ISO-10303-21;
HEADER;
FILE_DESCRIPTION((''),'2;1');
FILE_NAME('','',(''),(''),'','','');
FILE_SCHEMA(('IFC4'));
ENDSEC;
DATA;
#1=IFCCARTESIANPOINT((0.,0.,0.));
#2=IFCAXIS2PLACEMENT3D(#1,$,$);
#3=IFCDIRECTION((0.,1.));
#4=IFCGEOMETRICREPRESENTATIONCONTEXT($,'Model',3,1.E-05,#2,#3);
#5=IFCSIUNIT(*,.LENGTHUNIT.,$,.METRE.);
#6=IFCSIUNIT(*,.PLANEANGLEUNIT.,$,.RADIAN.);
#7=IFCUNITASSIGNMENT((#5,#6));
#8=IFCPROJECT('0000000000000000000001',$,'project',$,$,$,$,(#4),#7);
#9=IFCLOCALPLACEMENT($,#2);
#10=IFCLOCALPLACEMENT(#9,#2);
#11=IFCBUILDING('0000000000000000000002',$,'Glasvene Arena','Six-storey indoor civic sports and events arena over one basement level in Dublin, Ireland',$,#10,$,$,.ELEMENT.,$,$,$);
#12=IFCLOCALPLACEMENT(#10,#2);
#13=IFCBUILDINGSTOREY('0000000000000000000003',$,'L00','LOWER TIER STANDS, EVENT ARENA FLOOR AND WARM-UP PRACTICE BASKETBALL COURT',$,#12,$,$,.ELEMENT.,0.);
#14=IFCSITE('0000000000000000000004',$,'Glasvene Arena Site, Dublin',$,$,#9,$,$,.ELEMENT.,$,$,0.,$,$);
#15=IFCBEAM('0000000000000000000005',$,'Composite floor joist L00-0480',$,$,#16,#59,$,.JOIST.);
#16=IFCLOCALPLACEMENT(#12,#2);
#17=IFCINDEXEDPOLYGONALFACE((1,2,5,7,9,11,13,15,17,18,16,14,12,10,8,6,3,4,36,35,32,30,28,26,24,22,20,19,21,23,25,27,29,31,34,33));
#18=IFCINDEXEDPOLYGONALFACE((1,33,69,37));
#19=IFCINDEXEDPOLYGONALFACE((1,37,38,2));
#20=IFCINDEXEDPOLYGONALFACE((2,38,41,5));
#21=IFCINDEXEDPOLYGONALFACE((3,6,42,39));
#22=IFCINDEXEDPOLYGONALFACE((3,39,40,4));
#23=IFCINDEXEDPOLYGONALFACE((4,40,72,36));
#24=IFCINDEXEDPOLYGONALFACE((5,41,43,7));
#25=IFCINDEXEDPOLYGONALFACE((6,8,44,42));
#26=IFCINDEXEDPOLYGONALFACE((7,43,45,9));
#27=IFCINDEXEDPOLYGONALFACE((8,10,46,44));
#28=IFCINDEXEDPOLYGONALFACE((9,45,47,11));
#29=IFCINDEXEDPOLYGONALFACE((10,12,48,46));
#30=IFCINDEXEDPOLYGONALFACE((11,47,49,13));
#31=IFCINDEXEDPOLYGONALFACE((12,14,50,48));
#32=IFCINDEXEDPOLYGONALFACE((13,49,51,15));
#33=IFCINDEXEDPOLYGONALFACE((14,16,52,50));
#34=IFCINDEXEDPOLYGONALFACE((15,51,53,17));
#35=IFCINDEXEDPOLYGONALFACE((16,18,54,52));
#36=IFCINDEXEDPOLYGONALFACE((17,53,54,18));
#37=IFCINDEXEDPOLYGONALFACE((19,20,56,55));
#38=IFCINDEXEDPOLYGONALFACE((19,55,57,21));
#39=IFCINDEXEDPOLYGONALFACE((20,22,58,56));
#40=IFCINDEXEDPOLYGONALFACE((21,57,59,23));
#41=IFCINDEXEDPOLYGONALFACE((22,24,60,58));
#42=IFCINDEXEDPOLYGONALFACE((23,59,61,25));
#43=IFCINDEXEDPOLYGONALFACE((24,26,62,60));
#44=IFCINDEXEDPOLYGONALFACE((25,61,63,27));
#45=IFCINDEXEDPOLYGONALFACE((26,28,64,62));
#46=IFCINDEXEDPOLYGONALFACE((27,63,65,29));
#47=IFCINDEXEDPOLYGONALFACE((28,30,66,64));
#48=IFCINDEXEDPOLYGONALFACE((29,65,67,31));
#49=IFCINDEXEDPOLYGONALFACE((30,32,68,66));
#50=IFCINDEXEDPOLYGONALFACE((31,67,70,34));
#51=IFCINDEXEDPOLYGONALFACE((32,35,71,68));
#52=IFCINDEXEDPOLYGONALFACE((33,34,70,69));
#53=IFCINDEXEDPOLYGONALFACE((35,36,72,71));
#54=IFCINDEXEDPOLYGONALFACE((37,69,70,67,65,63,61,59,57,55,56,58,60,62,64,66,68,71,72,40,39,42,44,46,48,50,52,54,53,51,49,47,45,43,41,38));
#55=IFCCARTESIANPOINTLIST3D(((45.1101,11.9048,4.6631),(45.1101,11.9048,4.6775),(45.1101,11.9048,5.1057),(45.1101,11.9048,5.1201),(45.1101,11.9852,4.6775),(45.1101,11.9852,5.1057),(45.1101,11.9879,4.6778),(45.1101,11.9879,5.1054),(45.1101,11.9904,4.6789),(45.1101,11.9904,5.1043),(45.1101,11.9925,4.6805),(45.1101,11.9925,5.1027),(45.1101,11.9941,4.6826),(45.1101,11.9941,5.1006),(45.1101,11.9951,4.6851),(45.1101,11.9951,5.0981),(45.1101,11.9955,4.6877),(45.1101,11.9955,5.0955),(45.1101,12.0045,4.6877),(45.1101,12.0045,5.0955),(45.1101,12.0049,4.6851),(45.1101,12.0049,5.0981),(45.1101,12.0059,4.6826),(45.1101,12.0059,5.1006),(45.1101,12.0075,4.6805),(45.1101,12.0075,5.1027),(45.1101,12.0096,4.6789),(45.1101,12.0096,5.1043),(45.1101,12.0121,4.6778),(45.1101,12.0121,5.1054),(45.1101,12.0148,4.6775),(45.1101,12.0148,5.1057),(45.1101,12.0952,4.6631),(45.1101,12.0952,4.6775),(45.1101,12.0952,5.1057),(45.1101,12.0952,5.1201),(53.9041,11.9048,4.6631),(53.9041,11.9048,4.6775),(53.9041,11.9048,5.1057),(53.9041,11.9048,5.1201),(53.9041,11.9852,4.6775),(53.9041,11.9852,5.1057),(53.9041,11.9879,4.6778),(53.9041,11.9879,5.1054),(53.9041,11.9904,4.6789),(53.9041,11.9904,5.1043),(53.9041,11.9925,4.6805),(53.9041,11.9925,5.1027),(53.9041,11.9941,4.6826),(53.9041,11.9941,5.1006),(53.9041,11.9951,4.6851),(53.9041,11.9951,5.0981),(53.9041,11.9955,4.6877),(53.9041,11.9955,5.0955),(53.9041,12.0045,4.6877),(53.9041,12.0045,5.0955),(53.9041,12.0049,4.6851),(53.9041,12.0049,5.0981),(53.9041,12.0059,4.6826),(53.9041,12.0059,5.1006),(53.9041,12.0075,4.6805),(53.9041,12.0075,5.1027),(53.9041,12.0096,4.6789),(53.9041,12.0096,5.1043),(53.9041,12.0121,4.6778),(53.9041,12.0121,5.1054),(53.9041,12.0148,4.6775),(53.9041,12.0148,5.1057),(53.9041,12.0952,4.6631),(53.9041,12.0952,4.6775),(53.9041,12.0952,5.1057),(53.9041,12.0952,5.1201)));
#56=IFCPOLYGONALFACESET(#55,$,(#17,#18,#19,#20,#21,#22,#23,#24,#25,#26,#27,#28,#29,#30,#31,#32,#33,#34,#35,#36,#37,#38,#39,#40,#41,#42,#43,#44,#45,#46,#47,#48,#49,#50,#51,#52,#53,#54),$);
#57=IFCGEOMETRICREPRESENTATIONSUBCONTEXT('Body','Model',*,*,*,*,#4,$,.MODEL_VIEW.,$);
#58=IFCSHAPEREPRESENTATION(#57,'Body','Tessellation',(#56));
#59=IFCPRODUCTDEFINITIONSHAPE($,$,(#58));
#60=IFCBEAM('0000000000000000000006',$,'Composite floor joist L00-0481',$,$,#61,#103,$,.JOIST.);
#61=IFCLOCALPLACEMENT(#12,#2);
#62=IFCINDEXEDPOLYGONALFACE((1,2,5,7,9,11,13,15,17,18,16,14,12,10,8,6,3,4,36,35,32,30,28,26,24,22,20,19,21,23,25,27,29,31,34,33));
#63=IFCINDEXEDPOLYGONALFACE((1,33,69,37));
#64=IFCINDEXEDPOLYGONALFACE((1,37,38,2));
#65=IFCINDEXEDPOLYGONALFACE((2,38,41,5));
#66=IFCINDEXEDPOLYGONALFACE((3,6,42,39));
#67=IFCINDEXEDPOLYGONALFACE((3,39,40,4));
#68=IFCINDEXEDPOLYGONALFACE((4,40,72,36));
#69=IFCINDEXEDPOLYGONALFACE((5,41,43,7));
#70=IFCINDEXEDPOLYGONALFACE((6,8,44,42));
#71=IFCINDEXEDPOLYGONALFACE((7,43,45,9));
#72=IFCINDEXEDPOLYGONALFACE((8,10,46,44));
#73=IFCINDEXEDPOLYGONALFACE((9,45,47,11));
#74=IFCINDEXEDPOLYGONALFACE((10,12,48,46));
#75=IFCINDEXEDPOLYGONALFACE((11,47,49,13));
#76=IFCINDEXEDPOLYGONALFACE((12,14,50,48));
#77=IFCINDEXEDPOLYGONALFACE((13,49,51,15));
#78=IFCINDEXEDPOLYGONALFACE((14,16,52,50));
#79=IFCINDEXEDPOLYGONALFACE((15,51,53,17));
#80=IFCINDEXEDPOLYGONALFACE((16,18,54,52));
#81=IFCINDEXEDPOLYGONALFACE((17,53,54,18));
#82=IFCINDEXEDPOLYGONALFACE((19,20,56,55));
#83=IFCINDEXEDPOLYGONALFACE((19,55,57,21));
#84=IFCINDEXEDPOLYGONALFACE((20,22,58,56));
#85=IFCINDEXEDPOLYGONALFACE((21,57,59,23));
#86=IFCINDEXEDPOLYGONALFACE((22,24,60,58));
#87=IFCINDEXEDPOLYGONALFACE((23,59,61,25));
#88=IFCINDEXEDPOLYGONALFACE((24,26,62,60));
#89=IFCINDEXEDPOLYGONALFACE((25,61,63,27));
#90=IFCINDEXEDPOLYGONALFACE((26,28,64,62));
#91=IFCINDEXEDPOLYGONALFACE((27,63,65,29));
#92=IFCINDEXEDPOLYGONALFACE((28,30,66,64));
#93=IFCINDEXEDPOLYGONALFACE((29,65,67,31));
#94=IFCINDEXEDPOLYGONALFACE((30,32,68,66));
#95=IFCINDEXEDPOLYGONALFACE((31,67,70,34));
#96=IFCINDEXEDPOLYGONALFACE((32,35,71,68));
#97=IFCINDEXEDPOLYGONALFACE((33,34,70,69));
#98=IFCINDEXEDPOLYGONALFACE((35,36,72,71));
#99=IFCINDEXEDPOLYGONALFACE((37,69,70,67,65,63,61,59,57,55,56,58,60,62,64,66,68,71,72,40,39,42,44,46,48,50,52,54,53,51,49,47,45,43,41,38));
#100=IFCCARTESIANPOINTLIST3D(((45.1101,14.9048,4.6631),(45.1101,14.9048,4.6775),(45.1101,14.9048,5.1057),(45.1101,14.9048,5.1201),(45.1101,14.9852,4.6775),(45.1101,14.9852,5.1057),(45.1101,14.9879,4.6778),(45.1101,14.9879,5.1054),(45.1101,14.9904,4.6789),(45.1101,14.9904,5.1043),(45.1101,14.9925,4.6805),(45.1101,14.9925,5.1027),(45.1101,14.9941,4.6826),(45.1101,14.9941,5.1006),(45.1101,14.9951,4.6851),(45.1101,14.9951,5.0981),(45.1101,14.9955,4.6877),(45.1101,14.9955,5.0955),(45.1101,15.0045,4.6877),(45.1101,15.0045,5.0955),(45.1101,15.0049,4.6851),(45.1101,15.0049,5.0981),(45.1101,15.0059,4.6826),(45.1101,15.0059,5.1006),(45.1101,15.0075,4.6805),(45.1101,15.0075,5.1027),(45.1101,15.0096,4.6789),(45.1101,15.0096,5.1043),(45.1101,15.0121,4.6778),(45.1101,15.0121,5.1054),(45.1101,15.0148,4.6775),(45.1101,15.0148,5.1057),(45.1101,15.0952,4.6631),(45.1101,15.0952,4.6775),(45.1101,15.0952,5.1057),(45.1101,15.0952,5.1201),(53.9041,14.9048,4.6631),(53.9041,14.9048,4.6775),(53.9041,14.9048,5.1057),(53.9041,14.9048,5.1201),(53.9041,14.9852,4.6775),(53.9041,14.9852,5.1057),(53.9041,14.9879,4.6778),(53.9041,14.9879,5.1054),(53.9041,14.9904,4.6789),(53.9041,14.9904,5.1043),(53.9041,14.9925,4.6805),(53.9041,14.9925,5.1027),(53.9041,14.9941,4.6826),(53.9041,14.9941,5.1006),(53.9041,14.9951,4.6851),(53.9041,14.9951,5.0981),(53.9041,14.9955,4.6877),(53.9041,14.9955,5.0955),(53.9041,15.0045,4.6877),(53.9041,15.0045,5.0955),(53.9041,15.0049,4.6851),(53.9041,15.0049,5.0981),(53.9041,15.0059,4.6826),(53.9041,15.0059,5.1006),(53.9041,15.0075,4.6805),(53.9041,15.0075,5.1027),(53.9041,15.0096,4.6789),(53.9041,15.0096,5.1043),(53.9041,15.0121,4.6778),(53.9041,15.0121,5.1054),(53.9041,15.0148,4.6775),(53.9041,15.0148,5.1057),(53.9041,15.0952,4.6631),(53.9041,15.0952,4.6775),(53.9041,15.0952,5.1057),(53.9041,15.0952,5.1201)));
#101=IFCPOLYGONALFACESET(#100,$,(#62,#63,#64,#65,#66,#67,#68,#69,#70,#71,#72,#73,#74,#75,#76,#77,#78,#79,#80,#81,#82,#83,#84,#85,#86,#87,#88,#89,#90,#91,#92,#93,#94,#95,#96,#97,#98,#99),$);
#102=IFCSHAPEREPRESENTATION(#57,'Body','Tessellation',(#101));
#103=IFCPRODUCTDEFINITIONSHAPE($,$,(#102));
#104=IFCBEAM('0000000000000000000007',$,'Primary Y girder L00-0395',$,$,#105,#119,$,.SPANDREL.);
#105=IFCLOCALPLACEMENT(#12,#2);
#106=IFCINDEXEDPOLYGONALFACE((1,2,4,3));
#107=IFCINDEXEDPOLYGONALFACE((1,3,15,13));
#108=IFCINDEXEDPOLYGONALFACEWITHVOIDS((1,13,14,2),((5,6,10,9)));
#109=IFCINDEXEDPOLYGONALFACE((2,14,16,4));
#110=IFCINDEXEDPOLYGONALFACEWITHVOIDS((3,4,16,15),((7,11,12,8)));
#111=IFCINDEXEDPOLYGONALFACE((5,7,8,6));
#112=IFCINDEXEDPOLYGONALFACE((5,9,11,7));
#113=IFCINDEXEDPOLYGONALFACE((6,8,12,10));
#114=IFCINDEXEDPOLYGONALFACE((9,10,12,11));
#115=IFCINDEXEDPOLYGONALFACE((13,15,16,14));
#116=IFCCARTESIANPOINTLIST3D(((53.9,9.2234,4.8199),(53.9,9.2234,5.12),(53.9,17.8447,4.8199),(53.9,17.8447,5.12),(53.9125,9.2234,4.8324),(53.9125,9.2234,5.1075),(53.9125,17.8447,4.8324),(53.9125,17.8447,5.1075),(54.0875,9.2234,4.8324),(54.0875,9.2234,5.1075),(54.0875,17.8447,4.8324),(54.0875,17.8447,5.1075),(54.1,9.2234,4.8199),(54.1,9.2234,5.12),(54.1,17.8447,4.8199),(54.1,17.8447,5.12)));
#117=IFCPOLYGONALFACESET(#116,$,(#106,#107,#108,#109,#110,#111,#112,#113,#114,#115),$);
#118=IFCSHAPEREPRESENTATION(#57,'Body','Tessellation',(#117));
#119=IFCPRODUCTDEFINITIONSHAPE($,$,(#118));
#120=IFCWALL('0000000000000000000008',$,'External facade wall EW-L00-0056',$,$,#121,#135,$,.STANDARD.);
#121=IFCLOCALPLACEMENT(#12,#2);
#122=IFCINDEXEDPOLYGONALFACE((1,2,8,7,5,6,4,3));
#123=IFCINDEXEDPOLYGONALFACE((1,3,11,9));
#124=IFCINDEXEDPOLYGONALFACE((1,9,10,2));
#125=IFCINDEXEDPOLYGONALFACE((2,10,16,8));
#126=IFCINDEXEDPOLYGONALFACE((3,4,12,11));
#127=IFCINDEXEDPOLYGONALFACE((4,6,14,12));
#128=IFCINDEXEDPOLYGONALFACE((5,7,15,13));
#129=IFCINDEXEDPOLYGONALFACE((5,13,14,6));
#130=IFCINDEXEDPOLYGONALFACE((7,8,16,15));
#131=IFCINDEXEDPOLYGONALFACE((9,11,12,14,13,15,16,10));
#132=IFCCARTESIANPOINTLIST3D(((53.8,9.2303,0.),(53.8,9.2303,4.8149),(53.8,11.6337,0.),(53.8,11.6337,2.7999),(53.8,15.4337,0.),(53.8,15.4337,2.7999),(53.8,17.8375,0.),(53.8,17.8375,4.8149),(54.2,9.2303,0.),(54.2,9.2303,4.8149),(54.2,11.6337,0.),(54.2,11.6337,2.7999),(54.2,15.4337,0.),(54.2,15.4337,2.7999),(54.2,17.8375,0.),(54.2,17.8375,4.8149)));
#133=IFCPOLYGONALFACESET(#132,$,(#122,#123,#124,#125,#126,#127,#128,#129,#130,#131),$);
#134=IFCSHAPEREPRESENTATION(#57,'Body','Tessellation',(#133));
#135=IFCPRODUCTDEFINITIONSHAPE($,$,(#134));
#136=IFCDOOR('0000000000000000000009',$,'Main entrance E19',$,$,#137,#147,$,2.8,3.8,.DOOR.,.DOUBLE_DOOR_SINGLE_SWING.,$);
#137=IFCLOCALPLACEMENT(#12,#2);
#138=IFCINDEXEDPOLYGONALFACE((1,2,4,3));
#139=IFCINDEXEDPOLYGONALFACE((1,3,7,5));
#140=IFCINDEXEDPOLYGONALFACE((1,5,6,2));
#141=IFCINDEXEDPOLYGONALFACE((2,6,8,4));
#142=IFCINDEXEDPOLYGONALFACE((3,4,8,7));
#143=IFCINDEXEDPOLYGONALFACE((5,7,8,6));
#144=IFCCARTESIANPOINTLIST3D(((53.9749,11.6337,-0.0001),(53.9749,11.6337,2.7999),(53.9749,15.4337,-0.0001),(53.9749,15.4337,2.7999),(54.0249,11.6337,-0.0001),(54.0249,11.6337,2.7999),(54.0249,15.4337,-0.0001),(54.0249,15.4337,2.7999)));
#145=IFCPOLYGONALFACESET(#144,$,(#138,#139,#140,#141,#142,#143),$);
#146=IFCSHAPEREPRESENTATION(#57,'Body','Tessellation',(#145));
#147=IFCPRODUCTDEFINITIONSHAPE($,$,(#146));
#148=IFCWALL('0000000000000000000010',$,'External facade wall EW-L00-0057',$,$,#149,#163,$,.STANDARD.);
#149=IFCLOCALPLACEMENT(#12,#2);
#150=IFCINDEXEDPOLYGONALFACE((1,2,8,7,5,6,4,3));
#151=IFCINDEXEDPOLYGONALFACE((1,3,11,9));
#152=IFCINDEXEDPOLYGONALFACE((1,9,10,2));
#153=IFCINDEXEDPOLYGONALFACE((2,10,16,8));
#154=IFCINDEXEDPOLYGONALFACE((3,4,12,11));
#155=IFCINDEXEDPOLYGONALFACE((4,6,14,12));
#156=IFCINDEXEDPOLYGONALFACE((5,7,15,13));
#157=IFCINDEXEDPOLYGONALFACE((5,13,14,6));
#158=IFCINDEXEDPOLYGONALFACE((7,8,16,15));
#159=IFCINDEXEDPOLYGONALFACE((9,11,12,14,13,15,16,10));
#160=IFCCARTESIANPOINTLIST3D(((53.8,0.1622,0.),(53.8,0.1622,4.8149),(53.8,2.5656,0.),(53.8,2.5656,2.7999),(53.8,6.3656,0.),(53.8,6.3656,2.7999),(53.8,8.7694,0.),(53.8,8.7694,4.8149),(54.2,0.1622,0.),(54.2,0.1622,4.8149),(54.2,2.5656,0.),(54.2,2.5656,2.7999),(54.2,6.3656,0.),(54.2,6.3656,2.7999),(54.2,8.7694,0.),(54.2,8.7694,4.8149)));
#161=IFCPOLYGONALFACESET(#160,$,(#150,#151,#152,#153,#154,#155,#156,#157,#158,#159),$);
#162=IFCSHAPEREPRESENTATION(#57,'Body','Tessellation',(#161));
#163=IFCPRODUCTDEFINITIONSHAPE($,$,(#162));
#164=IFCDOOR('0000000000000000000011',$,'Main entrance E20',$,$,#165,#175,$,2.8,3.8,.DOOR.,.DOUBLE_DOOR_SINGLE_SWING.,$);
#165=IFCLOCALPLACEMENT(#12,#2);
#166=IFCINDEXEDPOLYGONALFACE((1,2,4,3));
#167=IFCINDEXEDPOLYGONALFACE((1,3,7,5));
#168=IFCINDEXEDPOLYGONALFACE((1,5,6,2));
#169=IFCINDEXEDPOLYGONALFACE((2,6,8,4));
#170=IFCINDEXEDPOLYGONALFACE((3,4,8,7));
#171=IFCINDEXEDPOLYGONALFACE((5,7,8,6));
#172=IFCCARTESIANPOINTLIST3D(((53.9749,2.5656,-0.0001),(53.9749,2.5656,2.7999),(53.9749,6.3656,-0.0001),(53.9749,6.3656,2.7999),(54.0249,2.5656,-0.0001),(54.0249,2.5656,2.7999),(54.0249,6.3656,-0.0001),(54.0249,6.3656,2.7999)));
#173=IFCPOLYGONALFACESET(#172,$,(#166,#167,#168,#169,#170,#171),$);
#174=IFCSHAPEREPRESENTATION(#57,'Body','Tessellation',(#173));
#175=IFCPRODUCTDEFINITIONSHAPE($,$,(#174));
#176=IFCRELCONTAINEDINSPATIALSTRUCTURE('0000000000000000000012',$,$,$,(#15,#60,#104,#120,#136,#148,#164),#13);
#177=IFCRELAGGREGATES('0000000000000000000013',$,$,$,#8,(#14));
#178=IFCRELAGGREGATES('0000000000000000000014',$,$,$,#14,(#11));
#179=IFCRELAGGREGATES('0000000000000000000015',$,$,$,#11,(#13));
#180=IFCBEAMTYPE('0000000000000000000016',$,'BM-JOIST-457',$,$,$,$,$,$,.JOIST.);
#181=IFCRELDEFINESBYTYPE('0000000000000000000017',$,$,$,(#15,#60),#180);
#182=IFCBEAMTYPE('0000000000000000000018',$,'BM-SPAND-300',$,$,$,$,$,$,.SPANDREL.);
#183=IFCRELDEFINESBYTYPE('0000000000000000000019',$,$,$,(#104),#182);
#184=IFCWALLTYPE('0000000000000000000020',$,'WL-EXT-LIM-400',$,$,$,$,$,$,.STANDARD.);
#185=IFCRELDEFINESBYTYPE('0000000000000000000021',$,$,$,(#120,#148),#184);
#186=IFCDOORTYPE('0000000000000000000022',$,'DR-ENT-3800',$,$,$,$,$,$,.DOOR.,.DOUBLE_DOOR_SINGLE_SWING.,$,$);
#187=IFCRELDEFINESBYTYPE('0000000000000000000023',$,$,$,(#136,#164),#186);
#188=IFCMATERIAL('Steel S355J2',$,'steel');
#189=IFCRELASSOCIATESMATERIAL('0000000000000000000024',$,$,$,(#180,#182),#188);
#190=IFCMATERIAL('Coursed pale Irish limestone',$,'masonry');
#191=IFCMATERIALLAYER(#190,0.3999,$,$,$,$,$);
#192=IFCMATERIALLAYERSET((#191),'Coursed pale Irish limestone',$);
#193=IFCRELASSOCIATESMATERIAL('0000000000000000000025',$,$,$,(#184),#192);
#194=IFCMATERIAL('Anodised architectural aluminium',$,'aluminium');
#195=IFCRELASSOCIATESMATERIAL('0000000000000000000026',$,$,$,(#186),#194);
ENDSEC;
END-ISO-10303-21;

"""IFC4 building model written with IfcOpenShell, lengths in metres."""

from ifc_helpers import new_model, si_unit, direction, frame, frame_2d, origin, origin_2d, place, context, subcontext, project, spatial, rectangle, hollow_rectangle, i_section, extrude, material, layer, layer_set, material_profile, profile_set, type_object, element, fill, save


model = new_model("IFC4")

# Units and contexts
model_context = context("Model", 3, precision=1e-05, world=origin(), true_north=direction((0.0, 1.0)))
body_context = subcontext(model_context, "Body", "Model", "MODEL_VIEW")
ifc_project = project(units=[si_unit("LENGTHUNIT", "METRE"), si_unit("PLANEANGLEUNIT", "RADIAN")], contexts=[model_context])

# Site, building, storey
site_placement = place(None, origin())
site = spatial("IfcSite", under=ifc_project, at=site_placement, Name="Glasvene Arena Site, Dublin", CompositionType="ELEMENT", RefElevation=0.0)
building_placement = place(site_placement, origin())
building = spatial("IfcBuilding", under=site, at=building_placement, Name="Glasvene Arena", Description="Six-storey indoor civic sports and events arena over one basement level in Dublin, Ireland", CompositionType="ELEMENT")
storey_placement = place(building_placement, origin())
storey = spatial("IfcBuildingStorey", under=building, at=storey_placement, Name="L00", Description="LOWER TIER STANDS, EVENT ARENA FLOOR AND WARM-UP PRACTICE BASKETBALL COURT", CompositionType="ELEMENT", Elevation=0.0)

# Shared definitions
ifc_material_1 = material(Name="Steel S355J2", Category="steel")

# Beams
ifc_material_profile_1 = material_profile(ifc_material_1, i_section(OverallWidth=0.1904, OverallDepth=0.457, WebThickness=0.009, FlangeThickness=0.0144, FilletRadius=0.0103, at=origin_2d()), Name="UKB 457x191x74")
ifc_profile_set_1 = profile_set([ifc_material_profile_1], Name="Steel S355J2")
beam_type_1 = type_object("IfcBeamType", Name="BM-JOIST-457", PredefinedType="JOIST", material=ifc_profile_set_1)
for number, where, z_axis, x_axis, name in (
    (1, (45.1101, 12.0, 4.8916), (1.0, 0.0, 0.0), (0.0, 1.0, 0.0), "Composite floor joist L00-0480"),
    (2, (45.1101, 15.0, 4.8916), (1.0, 0.0, 0.0), (0.0, 1.0, 0.0), "Composite floor joist L00-0481"),
):
    element("IfcBeam", number, at=place(storey_placement, frame(where, z_axis=z_axis, x_axis=x_axis)), inside=storey, type_object=beam_type_1, Name=name, PredefinedType="JOIST", context=body_context, shape_type="SweptSolid", body=[
        extrude(i_section(OverallWidth=0.1904, OverallDepth=0.457, WebThickness=0.009, FlangeThickness=0.0144, FilletRadius=0.0103, at=origin_2d()), origin(), (0.0, 0.0, 1.0), 8.7939),
    ])
ifc_material_profile_2 = material_profile(ifc_material_1, hollow_rectangle(XDim=0.2, YDim=0.3, WallThickness=0.0125, at=origin_2d()), Name="RHS 300x200x12.5")
ifc_profile_set_2 = profile_set([ifc_material_profile_2], Name="Steel S355J2")
beam_type_2 = type_object("IfcBeamType", Name="BM-SPAND-300", PredefinedType="SPANDREL", material=ifc_profile_set_2)
beam_1_placement = place(storey_placement, frame((54.0, 9.2234, 4.97), z_axis=(0.0, 1.0, 0.0), x_axis=(-1.0, 0.0, 0.0)))
element("IfcBeam", 3, at=beam_1_placement, inside=storey, type_object=beam_type_2, Name="Primary Y girder L00-0395", PredefinedType="SPANDREL", context=body_context, shape_type="SweptSolid", body=[
    extrude(hollow_rectangle(XDim=0.2, YDim=0.3, WallThickness=0.0125, at=origin_2d()), origin(), (0.0, 0.0, 1.0), 8.6213),
])

# Walls, openings, doors
ifc_material_2 = material(Name="Coursed pale Irish limestone", Category="masonry")
ifc_layer_1 = layer(ifc_material_2, 0.3999)
ifc_layer_set_1 = layer_set([ifc_layer_1], Name="Coursed pale Irish limestone")
wall_type_1 = type_object("IfcWallType", Name="WL-EXT-LIM-400", PredefinedType="STANDARD", material=ifc_layer_set_1)
wall_1_placement = place(storey_placement, frame((54.0, 17.8376, 0.0), z_axis=(0.0, 0.0, 1.0), x_axis=(0.0, -1.0, 0.0)))
wall_1 = element("IfcWall", 4, at=wall_1_placement, inside=storey, type_object=wall_type_1, Name="External facade wall EW-L00-0056", PredefinedType="STANDARD", context=body_context, shape_type="SweptSolid", body=[
    extrude(rectangle(XDim=8.6072, YDim=0.3999, at=frame_2d((4.3037, 0.0))), origin(), (0.0, 0.0, 1.0), 4.8149),
])
opening_1_placement = place(wall_1_placement, frame((2.4041, 0.0, 0.0)))
opening_1 = element("IfcOpeningElement", 5, at=opening_1_placement, cuts=wall_1, PredefinedType="OPENING", context=body_context, shape_type="SweptSolid", body=[
    extrude(rectangle(XDim=3.8, YDim=2.8, at=frame_2d((1.8999, 1.3999))), frame((0.0, 0.21, 0.0), z_axis=(0.0, -1.0, 0.0), x_axis=(1.0, 0.0, 0.0)), (0.0, 0.0, 1.0), 0.4199),
])
ifc_material_3 = material(Name="Anodised architectural aluminium", Category="aluminium")
door_type_1 = type_object("IfcDoorType", Name="DR-ENT-3800", OperationType="DOUBLE_DOOR_SINGLE_SWING", PredefinedType="DOOR", material=ifc_material_3)
door_1_placement = place(opening_1_placement, origin())
door_1 = element("IfcDoor", 6, at=door_1_placement, inside=storey, type_object=door_type_1, Name="Main entrance E19", OperationType="DOUBLE_DOOR_SINGLE_SWING", OverallHeight=2.8, OverallWidth=3.8, PredefinedType="DOOR", context=body_context, shape_type="SweptSolid", body=[
    extrude(rectangle(XDim=3.8, YDim=2.8, at=frame_2d((1.8999, 1.3999))), frame((0.0, 0.0249, 0.0), z_axis=(0.0, -1.0, 0.0), x_axis=(1.0, 0.0, 0.0)), (0.0, 0.0, 1.0), 0.05),
])
fill(opening_1, door_1)
wall_2_placement = place(storey_placement, frame((54.0, 8.7695, 0.0), z_axis=(0.0, 0.0, 1.0), x_axis=(0.0, -1.0, 0.0)))
wall_2 = element("IfcWall", 7, at=wall_2_placement, inside=storey, type_object=wall_type_1, Name="External facade wall EW-L00-0057", PredefinedType="STANDARD", context=body_context, shape_type="SweptSolid", body=[
    extrude(rectangle(XDim=8.6072, YDim=0.3999, at=frame_2d((4.3037, 0.0))), origin(), (0.0, 0.0, 1.0), 4.8149),
])
opening_2_placement = place(wall_2_placement, frame((2.4041, 0.0, 0.0)))
opening_2 = element("IfcOpeningElement", 8, at=opening_2_placement, cuts=wall_2, PredefinedType="OPENING", context=body_context, shape_type="SweptSolid", body=[
    extrude(rectangle(XDim=3.8, YDim=2.8, at=frame_2d((1.8999, 1.3999))), frame((0.0, 0.21, 0.0), z_axis=(0.0, -1.0, 0.0), x_axis=(1.0, 0.0, 0.0)), (0.0, 0.0, 1.0), 0.4199),
])
door_2_placement = place(opening_2_placement, origin())
door_2 = element("IfcDoor", 9, at=door_2_placement, inside=storey, type_object=door_type_1, Name="Main entrance E20", OperationType="DOUBLE_DOOR_SINGLE_SWING", OverallHeight=2.8, OverallWidth=3.8, PredefinedType="DOOR", context=body_context, shape_type="SweptSolid", body=[
    extrude(rectangle(XDim=3.8, YDim=2.8, at=frame_2d((1.8999, 1.3999))), frame((0.0, 0.0249, 0.0), z_axis=(0.0, -1.0, 0.0), x_axis=(1.0, 0.0, 0.0)), (0.0, 0.0, 1.0), 0.05),
])
fill(opening_2, door_2)

save(model, "model.ifc")
